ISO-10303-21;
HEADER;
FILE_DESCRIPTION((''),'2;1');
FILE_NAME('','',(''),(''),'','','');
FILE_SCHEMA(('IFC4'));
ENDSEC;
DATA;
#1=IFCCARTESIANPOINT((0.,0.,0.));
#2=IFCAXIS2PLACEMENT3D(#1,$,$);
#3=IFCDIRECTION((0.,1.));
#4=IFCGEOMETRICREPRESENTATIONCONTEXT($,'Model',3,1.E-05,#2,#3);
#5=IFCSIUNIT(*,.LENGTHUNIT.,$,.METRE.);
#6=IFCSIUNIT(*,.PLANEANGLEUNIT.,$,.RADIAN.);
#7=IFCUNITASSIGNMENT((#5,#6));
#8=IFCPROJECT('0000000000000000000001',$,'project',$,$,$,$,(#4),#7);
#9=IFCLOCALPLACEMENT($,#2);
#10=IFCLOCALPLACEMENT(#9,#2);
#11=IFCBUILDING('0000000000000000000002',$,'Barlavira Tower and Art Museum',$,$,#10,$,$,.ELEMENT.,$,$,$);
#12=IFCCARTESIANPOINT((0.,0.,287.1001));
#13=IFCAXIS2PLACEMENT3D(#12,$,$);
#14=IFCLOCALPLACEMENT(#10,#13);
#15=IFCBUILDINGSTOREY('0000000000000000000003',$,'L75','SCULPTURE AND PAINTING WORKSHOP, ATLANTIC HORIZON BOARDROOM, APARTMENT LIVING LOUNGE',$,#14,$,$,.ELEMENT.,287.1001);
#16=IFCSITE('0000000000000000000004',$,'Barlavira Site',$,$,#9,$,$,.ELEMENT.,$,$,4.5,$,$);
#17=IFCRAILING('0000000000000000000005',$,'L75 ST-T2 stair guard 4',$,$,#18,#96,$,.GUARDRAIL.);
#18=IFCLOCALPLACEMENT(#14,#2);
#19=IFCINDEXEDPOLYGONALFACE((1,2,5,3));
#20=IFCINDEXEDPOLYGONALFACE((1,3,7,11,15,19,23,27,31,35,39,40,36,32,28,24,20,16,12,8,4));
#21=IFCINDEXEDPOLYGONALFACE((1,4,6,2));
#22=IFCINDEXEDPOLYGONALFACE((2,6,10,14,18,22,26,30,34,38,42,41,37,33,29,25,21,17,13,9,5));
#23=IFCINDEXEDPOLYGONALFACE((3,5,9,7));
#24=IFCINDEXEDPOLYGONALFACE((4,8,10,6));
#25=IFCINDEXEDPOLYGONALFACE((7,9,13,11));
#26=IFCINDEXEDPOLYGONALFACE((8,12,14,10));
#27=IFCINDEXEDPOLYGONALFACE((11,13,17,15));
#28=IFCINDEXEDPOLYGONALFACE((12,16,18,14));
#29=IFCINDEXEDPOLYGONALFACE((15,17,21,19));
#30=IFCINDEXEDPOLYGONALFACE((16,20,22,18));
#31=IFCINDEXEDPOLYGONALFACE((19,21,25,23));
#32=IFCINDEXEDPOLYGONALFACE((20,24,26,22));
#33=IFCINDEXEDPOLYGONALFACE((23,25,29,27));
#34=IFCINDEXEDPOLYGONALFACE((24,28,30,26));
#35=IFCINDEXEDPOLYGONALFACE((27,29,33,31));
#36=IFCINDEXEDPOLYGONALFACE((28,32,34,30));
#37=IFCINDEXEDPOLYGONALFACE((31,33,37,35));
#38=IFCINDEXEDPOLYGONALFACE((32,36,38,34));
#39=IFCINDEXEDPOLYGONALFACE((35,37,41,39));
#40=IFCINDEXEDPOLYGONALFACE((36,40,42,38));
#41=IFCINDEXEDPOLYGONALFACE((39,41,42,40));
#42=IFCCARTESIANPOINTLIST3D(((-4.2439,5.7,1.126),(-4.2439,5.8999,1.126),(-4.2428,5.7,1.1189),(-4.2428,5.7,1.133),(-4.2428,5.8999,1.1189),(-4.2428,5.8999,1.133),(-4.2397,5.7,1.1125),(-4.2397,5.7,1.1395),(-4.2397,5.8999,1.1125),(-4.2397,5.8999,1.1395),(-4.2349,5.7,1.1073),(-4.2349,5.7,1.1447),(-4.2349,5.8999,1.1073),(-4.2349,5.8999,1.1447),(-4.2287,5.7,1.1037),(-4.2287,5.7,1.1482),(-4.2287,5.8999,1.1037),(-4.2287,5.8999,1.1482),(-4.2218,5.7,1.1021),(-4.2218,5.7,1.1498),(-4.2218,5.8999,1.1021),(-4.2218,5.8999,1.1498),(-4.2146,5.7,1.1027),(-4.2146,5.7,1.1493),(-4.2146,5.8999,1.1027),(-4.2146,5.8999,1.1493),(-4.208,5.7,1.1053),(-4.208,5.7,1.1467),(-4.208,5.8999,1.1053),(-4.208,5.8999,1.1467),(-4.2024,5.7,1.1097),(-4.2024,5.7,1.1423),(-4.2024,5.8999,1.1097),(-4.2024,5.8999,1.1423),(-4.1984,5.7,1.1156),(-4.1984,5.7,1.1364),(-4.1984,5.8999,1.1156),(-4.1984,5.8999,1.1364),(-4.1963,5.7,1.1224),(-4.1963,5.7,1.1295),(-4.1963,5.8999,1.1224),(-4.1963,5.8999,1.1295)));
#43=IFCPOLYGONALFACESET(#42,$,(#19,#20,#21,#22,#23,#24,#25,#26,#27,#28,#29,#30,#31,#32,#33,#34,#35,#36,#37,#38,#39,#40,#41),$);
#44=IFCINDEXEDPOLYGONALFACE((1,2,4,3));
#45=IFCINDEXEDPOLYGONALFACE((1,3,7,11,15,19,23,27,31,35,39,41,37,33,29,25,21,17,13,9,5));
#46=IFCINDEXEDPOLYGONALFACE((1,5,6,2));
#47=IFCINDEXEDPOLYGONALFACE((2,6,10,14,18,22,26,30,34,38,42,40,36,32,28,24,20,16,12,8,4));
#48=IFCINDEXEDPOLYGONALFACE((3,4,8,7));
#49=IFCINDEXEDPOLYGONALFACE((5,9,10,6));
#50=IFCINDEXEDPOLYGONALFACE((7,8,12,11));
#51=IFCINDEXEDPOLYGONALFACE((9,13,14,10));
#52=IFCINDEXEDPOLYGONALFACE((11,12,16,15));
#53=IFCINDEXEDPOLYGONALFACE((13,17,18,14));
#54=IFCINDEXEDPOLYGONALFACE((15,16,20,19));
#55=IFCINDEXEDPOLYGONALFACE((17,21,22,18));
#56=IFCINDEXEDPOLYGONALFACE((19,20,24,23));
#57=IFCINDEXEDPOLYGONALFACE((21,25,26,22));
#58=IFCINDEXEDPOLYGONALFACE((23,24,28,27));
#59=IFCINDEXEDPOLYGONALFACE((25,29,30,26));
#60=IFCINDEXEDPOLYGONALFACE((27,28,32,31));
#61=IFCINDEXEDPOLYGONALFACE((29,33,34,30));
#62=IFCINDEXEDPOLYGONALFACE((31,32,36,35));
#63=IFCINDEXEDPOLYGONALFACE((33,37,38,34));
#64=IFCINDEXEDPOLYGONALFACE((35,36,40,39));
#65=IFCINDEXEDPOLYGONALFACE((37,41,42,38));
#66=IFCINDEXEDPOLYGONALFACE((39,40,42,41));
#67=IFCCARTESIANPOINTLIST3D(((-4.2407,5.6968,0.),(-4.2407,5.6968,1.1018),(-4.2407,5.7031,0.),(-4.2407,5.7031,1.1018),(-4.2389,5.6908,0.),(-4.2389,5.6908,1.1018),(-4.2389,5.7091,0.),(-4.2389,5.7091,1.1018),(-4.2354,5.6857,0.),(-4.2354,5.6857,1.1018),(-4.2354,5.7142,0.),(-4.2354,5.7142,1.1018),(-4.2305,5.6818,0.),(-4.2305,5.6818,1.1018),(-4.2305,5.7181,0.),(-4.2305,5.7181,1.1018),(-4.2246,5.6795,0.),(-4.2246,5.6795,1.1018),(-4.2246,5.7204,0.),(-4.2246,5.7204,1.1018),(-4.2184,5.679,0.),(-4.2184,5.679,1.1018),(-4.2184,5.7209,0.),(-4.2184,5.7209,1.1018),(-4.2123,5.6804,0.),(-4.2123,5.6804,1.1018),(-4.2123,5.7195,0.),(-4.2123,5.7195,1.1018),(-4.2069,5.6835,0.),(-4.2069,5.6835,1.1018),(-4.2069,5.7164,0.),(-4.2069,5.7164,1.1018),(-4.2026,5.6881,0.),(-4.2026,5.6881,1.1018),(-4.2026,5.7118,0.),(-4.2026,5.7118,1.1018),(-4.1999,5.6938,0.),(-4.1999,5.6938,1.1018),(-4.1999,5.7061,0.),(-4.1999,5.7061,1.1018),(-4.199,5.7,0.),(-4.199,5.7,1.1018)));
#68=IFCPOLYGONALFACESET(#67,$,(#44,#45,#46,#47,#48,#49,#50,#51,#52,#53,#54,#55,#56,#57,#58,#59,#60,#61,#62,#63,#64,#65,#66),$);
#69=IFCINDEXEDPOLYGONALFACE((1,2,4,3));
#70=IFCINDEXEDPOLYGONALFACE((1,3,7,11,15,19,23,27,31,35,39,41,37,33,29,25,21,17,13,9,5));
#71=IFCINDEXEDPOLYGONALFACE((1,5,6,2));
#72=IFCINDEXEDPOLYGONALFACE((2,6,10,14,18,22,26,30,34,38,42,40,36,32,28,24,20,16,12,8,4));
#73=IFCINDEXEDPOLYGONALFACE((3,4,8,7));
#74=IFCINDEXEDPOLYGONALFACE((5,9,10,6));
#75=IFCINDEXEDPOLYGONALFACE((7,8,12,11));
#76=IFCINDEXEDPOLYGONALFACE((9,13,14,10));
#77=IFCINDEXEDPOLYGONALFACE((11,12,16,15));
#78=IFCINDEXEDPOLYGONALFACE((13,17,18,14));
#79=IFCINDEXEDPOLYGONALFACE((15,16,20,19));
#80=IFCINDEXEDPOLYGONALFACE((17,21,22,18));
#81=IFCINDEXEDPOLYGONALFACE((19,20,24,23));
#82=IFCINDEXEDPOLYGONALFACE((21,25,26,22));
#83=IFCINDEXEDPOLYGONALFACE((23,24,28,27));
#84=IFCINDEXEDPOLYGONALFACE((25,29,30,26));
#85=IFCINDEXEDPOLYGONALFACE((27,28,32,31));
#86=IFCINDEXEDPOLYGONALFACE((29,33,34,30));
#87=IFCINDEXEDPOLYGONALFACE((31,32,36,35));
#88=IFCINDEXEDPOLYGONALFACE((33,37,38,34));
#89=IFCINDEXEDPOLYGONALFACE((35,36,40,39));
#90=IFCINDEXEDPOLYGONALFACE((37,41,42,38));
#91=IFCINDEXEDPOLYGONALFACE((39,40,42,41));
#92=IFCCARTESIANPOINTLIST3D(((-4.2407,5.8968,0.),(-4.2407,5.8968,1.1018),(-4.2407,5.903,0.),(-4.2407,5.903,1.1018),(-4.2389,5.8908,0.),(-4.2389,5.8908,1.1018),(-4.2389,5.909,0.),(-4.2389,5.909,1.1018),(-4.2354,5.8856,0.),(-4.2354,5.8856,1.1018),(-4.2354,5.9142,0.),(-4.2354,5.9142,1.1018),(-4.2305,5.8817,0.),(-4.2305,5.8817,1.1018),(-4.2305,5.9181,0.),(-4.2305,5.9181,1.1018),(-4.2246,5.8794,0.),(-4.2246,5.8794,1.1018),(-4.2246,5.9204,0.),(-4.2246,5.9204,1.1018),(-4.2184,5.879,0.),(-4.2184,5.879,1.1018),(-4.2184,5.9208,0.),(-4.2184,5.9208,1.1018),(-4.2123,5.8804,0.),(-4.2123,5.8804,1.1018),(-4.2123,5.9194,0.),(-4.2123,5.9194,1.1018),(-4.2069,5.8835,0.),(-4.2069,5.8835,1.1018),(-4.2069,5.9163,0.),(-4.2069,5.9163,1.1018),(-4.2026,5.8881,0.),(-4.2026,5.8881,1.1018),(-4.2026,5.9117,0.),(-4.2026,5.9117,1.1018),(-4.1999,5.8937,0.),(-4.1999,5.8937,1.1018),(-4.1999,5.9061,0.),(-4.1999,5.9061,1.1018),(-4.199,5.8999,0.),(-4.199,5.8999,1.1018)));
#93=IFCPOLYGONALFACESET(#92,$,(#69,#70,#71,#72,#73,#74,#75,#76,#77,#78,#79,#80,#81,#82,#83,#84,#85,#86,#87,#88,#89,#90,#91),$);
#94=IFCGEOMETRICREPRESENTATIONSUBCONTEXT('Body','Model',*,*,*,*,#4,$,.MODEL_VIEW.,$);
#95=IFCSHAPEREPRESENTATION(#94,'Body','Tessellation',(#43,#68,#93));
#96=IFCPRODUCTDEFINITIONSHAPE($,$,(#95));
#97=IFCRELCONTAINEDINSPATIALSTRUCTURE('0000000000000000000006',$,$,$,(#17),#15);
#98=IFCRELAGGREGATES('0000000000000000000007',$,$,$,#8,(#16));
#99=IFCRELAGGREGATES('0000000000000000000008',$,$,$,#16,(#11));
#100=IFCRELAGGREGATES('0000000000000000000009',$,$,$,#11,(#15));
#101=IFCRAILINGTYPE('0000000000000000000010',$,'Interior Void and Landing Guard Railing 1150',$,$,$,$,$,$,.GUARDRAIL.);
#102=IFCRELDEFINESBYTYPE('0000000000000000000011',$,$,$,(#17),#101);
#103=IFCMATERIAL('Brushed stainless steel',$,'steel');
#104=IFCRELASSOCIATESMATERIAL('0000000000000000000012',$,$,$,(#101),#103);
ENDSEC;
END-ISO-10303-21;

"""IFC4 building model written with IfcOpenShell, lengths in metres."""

from ifc_helpers import new_model, si_unit, direction, frame, origin, origin_2d, place, context, subcontext, project, spatial, circle, extrude, material, type_object, element, save


model = new_model("IFC4")

# Units and contexts
model_context = context("Model", 3, precision=1e-05, world=origin(), true_north=direction((0.0, 1.0)))
body_context = subcontext(model_context, "Body", "Model", "MODEL_VIEW")
ifc_project = project(units=[si_unit("LENGTHUNIT", "METRE"), si_unit("PLANEANGLEUNIT", "RADIAN")], contexts=[model_context])

# Site, building, storey
site_placement = place(None, origin())
site = spatial("IfcSite", under=ifc_project, at=site_placement, Name="Barlavira Site", CompositionType="ELEMENT", RefElevation=4.5)
building_placement = place(site_placement, origin())
building = spatial("IfcBuilding", under=site, at=building_placement, Name="Barlavira Tower and Art Museum", CompositionType="ELEMENT")
storey_placement = place(building_placement, frame((0.0, 0.0, 287.1001)))
storey = spatial("IfcBuildingStorey", under=building, at=storey_placement, Name="L75", Description="SCULPTURE AND PAINTING WORKSHOP, ATLANTIC HORIZON BOARDROOM, APARTMENT LIVING LOUNGE", CompositionType="ELEMENT", Elevation=287.1001)

# Shared definitions
ifc_material_1 = material(Name="Brushed stainless steel", Category="steel")

# Railing
railing_type_1 = type_object("IfcRailingType", Name="Interior Void and Landing Guard Railing 1150", PredefinedType="GUARDRAIL", material=ifc_material_1)
railing_1_placement = place(storey_placement, frame((-4.22, 5.7, 0.0)))
element("IfcRailing", 1, at=railing_1_placement, inside=storey, type_object=railing_type_1, Name="L75 ST-T2 stair guard 4", PredefinedType="GUARDRAIL", context=body_context, shape_type="SweptSolid", body=[
    extrude(circle(Radius=0.0239, at=origin_2d()), frame((0.0, 0.0, 1.126), z_axis=(0.0, 1.0, 0.0), x_axis=(-1.0, 0.0, 0.0)), (0.0, 0.0, 1.0), 0.2),
    extrude(circle(Radius=0.021, at=origin_2d()), origin(), (0.0, 0.0, 1.0), 1.1018),
    extrude(circle(Radius=0.021, at=origin_2d()), frame((0.0, 0.2, 0.0)), (0.0, 0.0, 1.0), 1.1018),
])

save(model, "model.ifc")
